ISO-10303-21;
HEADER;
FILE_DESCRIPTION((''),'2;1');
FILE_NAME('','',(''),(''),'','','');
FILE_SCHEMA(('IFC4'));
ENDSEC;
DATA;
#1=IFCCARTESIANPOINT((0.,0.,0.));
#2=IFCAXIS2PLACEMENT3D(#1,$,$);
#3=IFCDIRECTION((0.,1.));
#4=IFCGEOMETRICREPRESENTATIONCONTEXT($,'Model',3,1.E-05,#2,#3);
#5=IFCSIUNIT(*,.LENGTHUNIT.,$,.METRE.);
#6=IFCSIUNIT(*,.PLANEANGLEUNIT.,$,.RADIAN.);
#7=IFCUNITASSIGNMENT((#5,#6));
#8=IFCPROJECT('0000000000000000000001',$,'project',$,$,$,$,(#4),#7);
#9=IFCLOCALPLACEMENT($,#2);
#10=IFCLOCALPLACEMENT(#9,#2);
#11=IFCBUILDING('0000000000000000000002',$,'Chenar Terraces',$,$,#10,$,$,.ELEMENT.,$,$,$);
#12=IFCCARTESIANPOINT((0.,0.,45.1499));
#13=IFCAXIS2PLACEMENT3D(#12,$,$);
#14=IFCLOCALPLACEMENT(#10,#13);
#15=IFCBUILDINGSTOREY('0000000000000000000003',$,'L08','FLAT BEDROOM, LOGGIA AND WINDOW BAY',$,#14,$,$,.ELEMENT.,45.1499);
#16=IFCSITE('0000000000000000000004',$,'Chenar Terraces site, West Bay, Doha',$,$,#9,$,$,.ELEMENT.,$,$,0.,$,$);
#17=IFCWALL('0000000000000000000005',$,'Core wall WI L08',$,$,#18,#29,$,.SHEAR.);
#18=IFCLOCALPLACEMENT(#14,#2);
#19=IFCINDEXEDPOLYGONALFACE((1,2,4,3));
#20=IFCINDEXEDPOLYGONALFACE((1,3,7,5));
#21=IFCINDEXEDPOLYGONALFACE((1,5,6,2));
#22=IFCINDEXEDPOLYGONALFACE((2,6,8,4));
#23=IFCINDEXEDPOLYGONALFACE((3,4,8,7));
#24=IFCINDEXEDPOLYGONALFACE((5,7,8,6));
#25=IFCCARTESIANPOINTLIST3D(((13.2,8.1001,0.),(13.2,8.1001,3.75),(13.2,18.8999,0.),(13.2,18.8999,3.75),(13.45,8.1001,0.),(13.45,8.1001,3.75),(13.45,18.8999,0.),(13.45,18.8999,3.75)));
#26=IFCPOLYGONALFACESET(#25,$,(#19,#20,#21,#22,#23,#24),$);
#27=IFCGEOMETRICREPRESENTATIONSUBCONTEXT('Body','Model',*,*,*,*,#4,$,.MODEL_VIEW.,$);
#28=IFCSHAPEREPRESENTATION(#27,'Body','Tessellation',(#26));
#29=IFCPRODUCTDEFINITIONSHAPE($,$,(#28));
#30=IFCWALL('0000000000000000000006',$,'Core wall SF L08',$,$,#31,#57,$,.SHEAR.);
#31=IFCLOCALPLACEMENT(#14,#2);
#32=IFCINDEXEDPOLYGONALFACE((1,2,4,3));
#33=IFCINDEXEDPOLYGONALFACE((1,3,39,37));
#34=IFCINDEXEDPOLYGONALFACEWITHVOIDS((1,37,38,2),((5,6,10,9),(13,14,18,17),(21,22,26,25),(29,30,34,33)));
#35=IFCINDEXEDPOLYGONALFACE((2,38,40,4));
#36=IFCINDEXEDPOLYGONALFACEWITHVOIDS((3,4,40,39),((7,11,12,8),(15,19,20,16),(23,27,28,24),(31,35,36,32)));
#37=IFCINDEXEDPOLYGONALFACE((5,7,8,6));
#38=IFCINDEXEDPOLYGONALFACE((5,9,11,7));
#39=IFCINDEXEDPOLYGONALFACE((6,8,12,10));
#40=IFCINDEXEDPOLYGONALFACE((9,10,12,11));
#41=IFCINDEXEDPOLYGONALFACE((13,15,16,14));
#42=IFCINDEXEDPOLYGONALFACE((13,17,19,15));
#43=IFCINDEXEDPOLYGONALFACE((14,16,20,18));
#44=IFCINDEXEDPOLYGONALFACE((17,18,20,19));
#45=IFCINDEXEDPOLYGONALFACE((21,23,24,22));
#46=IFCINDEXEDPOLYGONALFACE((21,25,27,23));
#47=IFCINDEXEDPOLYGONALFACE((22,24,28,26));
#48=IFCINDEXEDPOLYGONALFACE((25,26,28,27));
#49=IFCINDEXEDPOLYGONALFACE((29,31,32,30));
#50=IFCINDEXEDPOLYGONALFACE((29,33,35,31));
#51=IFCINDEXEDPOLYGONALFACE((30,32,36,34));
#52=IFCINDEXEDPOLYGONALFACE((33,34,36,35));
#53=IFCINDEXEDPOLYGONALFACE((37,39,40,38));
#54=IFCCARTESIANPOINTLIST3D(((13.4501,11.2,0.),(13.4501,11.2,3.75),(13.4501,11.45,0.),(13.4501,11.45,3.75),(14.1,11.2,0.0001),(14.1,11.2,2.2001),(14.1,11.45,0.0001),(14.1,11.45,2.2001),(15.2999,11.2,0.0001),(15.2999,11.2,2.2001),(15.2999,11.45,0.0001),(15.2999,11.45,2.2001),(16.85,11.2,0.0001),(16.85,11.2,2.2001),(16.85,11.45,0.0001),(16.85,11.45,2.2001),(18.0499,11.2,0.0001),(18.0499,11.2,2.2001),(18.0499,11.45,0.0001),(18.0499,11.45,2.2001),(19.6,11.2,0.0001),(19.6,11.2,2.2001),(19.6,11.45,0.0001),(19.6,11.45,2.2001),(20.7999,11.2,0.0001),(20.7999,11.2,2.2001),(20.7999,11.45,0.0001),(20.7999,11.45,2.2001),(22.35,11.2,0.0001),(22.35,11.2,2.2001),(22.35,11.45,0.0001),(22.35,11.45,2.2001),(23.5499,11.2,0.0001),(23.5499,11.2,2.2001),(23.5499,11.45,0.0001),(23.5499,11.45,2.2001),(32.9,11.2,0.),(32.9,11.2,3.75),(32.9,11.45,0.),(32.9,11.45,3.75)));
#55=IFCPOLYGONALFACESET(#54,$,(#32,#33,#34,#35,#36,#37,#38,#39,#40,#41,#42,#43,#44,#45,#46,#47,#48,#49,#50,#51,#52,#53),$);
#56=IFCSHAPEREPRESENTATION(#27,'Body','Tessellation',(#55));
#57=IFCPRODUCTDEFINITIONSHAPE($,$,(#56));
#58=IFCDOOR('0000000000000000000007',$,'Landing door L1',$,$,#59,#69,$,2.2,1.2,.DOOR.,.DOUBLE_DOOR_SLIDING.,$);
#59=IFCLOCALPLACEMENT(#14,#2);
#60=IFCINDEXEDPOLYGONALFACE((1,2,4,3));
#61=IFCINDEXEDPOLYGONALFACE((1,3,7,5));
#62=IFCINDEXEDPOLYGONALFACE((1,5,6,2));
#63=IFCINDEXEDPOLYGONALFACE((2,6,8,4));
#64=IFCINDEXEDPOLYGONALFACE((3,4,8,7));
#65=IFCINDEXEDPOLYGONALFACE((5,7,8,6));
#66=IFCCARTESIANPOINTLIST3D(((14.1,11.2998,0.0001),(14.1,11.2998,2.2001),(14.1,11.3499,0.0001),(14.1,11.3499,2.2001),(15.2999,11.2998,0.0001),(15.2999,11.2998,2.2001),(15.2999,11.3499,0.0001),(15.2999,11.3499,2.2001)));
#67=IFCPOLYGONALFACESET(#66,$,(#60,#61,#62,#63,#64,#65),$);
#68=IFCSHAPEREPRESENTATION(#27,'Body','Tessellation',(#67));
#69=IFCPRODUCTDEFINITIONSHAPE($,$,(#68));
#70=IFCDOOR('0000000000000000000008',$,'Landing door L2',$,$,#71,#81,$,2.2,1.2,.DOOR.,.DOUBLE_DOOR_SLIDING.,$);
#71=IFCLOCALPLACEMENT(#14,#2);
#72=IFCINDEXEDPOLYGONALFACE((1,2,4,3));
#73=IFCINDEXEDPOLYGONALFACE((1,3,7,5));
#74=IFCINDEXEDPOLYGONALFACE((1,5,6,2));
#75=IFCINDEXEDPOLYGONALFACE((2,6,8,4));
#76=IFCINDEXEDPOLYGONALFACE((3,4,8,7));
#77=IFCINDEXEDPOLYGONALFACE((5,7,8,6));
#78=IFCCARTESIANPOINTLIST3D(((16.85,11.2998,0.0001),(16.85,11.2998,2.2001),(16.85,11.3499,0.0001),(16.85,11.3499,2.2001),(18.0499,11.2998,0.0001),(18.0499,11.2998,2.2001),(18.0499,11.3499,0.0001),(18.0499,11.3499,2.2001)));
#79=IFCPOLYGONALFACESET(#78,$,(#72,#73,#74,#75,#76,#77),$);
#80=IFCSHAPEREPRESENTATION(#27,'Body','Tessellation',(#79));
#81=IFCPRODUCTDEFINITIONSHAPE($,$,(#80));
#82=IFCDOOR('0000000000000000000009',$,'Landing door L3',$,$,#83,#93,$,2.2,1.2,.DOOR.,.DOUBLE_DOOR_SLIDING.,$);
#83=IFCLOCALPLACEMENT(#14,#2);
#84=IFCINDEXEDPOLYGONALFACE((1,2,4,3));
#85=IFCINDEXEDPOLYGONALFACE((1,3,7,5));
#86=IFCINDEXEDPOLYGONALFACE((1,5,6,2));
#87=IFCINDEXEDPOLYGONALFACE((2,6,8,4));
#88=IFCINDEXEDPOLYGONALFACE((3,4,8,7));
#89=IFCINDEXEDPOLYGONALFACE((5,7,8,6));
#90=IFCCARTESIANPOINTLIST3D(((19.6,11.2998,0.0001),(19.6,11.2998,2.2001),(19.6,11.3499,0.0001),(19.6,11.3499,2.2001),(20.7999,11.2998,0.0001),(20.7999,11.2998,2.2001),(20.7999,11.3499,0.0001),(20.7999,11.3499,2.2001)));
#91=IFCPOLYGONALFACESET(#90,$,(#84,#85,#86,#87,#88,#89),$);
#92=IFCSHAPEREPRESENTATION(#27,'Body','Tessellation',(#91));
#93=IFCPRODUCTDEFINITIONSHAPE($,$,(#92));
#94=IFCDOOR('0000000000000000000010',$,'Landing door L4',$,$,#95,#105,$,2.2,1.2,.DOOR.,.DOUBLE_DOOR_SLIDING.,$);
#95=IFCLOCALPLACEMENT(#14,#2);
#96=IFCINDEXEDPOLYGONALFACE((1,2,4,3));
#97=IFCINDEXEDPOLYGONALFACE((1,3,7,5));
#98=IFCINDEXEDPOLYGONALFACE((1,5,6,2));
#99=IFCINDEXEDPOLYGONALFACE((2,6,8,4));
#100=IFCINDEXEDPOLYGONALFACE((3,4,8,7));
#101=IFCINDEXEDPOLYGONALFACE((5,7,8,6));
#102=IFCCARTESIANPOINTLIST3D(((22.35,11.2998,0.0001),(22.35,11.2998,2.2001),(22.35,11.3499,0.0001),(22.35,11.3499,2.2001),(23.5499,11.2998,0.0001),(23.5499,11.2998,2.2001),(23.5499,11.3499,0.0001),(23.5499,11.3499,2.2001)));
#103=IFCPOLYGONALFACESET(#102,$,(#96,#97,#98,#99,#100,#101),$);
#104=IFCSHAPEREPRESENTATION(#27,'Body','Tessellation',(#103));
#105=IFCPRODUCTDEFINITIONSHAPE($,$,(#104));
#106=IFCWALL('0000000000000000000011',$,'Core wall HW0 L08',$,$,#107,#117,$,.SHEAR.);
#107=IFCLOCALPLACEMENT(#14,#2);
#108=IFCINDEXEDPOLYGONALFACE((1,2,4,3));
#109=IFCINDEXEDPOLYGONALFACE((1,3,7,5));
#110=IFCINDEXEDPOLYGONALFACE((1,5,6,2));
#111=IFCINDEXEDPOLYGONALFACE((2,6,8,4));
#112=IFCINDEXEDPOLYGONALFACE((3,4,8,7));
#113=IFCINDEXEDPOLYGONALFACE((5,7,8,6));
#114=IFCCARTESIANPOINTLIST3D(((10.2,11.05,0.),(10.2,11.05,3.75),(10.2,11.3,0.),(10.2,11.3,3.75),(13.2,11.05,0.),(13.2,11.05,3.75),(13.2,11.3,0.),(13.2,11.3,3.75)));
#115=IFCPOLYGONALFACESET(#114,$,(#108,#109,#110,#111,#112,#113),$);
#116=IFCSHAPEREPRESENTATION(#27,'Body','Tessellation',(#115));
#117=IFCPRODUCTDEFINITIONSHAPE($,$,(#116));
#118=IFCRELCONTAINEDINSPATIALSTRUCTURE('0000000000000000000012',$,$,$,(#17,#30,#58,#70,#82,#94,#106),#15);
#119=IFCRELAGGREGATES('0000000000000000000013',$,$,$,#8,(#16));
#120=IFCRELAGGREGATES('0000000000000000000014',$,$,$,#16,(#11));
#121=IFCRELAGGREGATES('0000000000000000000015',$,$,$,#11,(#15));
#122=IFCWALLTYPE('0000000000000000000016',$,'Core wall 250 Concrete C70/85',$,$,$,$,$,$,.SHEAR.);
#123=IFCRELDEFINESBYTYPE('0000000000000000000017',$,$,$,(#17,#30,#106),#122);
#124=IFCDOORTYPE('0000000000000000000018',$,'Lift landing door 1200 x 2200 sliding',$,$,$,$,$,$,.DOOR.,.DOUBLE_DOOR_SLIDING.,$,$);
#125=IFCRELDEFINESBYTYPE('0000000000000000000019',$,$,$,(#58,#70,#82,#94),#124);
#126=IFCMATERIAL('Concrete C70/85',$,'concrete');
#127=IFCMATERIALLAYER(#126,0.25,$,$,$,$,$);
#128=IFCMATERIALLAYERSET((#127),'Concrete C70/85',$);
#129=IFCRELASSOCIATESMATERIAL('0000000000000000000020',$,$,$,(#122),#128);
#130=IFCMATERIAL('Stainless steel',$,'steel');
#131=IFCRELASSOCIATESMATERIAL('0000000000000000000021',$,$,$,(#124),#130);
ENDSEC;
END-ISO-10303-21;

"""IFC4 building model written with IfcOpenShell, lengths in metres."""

from ifc_helpers import new_model, si_unit, direction, frame, frame_2d, origin, place, context, subcontext, project, spatial, rectangle, extrude, material, layer, layer_set, type_object, element, fill, save


model = new_model("IFC4")

# Units and contexts
model_context = context("Model", 3, precision=1e-05, world=origin(), true_north=direction((0.0, 1.0)))
body_context = subcontext(model_context, "Body", "Model", "MODEL_VIEW")
ifc_project = project(units=[si_unit("LENGTHUNIT", "METRE"), si_unit("PLANEANGLEUNIT", "RADIAN")], contexts=[model_context])

# Site, building, storey
site_placement = place(None, origin())
site = spatial("IfcSite", under=ifc_project, at=site_placement, Name="Chenar Terraces site, West Bay, Doha", CompositionType="ELEMENT", RefElevation=0.0)
building_placement = place(site_placement, origin())
building = spatial("IfcBuilding", under=site, at=building_placement, Name="Chenar Terraces", CompositionType="ELEMENT")
storey_placement = place(building_placement, frame((0.0, 0.0, 45.1499)))
storey = spatial("IfcBuildingStorey", under=building, at=storey_placement, Name="L08", Description="FLAT BEDROOM, LOGGIA AND WINDOW BAY", CompositionType="ELEMENT", Elevation=45.1499)

# Wall
ifc_material_1 = material(Name="Concrete C70/85", Category="concrete")
ifc_layer_1 = layer(ifc_material_1, 0.25)
ifc_layer_set_1 = layer_set([ifc_layer_1], Name="Concrete C70/85")
wall_type_1 = type_object("IfcWallType", Name="Core wall 250 Concrete C70/85", PredefinedType="SHEAR", material=ifc_layer_set_1)
wall_1_placement = place(storey_placement, frame((13.325, 8.1001, 0.0), z_axis=(0.0, 0.0, 1.0), x_axis=(0.0, 1.0, 0.0)))
element("IfcWall", 1, at=wall_1_placement, inside=storey, type_object=wall_type_1, Name="Core wall WI L08", PredefinedType="SHEAR", context=body_context, shape_type="SweptSolid", body=[
    extrude(rectangle(XDim=10.7998, YDim=0.25, at=frame_2d((5.3999, 0.0))), origin(), (0.0, 0.0, 1.0), 3.75),
])

# Wall, openings, doors
wall_2_placement = place(storey_placement, frame((13.45, 11.325, 0.0), z_axis=(0.0, 0.0, 1.0), x_axis=(1.0, 0.0, 0.0)))
wall_2 = element("IfcWall", 2, at=wall_2_placement, inside=storey, type_object=wall_type_1, Name="Core wall SF L08", PredefinedType="SHEAR", context=body_context, shape_type="SweptSolid", body=[
    extrude(rectangle(XDim=19.45, YDim=0.25, at=frame_2d((9.7251, 0.0))), origin(), (0.0, 0.0, 1.0), 3.75),
])
opening_1_placement = place(wall_2_placement, frame((0.6499, 0.0, 0.0)))
opening_1 = element("IfcOpeningElement", 3, at=opening_1_placement, cuts=wall_2, PredefinedType="OPENING", context=body_context, shape_type="SweptSolid", body=[
    extrude(rectangle(XDim=1.2, YDim=2.2, at=frame_2d((0.6001, 1.1001))), frame((0.0, 0.135, 0.0), z_axis=(0.0, -1.0, 0.0), x_axis=(1.0, 0.0, 0.0)), (0.0, 0.0, 1.0), 0.27),
])
opening_2_placement = place(wall_2_placement, frame((3.3999, 0.0, 0.0)))
opening_2 = element("IfcOpeningElement", 4, at=opening_2_placement, cuts=wall_2, PredefinedType="OPENING", context=body_context, shape_type="SweptSolid", body=[
    extrude(rectangle(XDim=1.2, YDim=2.2, at=frame_2d((0.6001, 1.1001))), frame((0.0, 0.135, 0.0), z_axis=(0.0, -1.0, 0.0), x_axis=(1.0, 0.0, 0.0)), (0.0, 0.0, 1.0), 0.27),
])
opening_3_placement = place(wall_2_placement, frame((6.1499, 0.0, 0.0)))
opening_3 = element("IfcOpeningElement", 5, at=opening_3_placement, cuts=wall_2, PredefinedType="OPENING", context=body_context, shape_type="SweptSolid", body=[
    extrude(rectangle(XDim=1.2, YDim=2.2, at=frame_2d((0.6001, 1.1001))), frame((0.0, 0.135, 0.0), z_axis=(0.0, -1.0, 0.0), x_axis=(1.0, 0.0, 0.0)), (0.0, 0.0, 1.0), 0.27),
])
opening_4_placement = place(wall_2_placement, frame((8.8999, 0.0, 0.0)))
opening_4 = element("IfcOpeningElement", 6, at=opening_4_placement, cuts=wall_2, PredefinedType="OPENING", context=body_context, shape_type="SweptSolid", body=[
    extrude(rectangle(XDim=1.2, YDim=2.2, at=frame_2d((0.6001, 1.1001))), frame((0.0, 0.135, 0.0), z_axis=(0.0, -1.0, 0.0), x_axis=(1.0, 0.0, 0.0)), (0.0, 0.0, 1.0), 0.27),
])
ifc_material_2 = material(Name="Stainless steel", Category="steel")
door_type_1 = type_object("IfcDoorType", Name="Lift landing door 1200 x 2200 sliding", OperationType="DOUBLE_DOOR_SLIDING", PredefinedType="DOOR", material=ifc_material_2)
door_1_placement = place(opening_1_placement, origin())
door_1 = element("IfcDoor", 7, at=door_1_placement, inside=storey, type_object=door_type_1, Name="Landing door L1", OperationType="DOUBLE_DOOR_SLIDING", OverallHeight=2.2, OverallWidth=1.2, PredefinedType="DOOR", context=body_context, shape_type="SweptSolid", body=[
    extrude(rectangle(XDim=1.2, YDim=2.2, at=frame_2d((0.6001, 1.1001))), frame((0.0, 0.0249, 0.0), z_axis=(0.0, -1.0, 0.0), x_axis=(1.0, 0.0, 0.0)), (0.0, 0.0, 1.0), 0.05),
])
fill(opening_1, door_1)
door_2_placement = place(opening_2_placement, origin())
door_2 = element("IfcDoor", 8, at=door_2_placement, inside=storey, type_object=door_type_1, Name="Landing door L2", OperationType="DOUBLE_DOOR_SLIDING", OverallHeight=2.2, OverallWidth=1.2, PredefinedType="DOOR", context=body_context, shape_type="SweptSolid", body=[
    extrude(rectangle(XDim=1.2, YDim=2.2, at=frame_2d((0.6001, 1.1001))), frame((0.0, 0.0249, 0.0), z_axis=(0.0, -1.0, 0.0), x_axis=(1.0, 0.0, 0.0)), (0.0, 0.0, 1.0), 0.05),
])
fill(opening_2, door_2)
door_3_placement = place(opening_3_placement, origin())
door_3 = element("IfcDoor", 9, at=door_3_placement, inside=storey, type_object=door_type_1, Name="Landing door L3", OperationType="DOUBLE_DOOR_SLIDING", OverallHeight=2.2, OverallWidth=1.2, PredefinedType="DOOR", context=body_context, shape_type="SweptSolid", body=[
    extrude(rectangle(XDim=1.2, YDim=2.2, at=frame_2d((0.6001, 1.1001))), frame((0.0, 0.0249, 0.0), z_axis=(0.0, -1.0, 0.0), x_axis=(1.0, 0.0, 0.0)), (0.0, 0.0, 1.0), 0.05),
])
fill(opening_3, door_3)
door_4_placement = place(opening_4_placement, origin())
door_4 = element("IfcDoor", 10, at=door_4_placement, inside=storey, type_object=door_type_1, Name="Landing door L4", OperationType="DOUBLE_DOOR_SLIDING", OverallHeight=2.2, OverallWidth=1.2, PredefinedType="DOOR", context=body_context, shape_type="SweptSolid", body=[
    extrude(rectangle(XDim=1.2, YDim=2.2, at=frame_2d((0.6001, 1.1001))), frame((0.0, 0.0249, 0.0), z_axis=(0.0, -1.0, 0.0), x_axis=(1.0, 0.0, 0.0)), (0.0, 0.0, 1.0), 0.05),
])
fill(opening_4, door_4)

# Wall
wall_3_placement = place(storey_placement, frame((10.2, 11.175, 0.0), z_axis=(0.0, 0.0, 1.0), x_axis=(1.0, 0.0, 0.0)))
element("IfcWall", 11, at=wall_3_placement, inside=storey, type_object=wall_type_1, Name="Core wall HW0 L08", PredefinedType="SHEAR", context=body_context, shape_type="SweptSolid", body=[
    extrude(rectangle(XDim=3.0, YDim=0.25, at=frame_2d((1.5, 0.0))), origin(), (0.0, 0.0, 1.0), 3.75),
])

save(model, "model.ifc")
